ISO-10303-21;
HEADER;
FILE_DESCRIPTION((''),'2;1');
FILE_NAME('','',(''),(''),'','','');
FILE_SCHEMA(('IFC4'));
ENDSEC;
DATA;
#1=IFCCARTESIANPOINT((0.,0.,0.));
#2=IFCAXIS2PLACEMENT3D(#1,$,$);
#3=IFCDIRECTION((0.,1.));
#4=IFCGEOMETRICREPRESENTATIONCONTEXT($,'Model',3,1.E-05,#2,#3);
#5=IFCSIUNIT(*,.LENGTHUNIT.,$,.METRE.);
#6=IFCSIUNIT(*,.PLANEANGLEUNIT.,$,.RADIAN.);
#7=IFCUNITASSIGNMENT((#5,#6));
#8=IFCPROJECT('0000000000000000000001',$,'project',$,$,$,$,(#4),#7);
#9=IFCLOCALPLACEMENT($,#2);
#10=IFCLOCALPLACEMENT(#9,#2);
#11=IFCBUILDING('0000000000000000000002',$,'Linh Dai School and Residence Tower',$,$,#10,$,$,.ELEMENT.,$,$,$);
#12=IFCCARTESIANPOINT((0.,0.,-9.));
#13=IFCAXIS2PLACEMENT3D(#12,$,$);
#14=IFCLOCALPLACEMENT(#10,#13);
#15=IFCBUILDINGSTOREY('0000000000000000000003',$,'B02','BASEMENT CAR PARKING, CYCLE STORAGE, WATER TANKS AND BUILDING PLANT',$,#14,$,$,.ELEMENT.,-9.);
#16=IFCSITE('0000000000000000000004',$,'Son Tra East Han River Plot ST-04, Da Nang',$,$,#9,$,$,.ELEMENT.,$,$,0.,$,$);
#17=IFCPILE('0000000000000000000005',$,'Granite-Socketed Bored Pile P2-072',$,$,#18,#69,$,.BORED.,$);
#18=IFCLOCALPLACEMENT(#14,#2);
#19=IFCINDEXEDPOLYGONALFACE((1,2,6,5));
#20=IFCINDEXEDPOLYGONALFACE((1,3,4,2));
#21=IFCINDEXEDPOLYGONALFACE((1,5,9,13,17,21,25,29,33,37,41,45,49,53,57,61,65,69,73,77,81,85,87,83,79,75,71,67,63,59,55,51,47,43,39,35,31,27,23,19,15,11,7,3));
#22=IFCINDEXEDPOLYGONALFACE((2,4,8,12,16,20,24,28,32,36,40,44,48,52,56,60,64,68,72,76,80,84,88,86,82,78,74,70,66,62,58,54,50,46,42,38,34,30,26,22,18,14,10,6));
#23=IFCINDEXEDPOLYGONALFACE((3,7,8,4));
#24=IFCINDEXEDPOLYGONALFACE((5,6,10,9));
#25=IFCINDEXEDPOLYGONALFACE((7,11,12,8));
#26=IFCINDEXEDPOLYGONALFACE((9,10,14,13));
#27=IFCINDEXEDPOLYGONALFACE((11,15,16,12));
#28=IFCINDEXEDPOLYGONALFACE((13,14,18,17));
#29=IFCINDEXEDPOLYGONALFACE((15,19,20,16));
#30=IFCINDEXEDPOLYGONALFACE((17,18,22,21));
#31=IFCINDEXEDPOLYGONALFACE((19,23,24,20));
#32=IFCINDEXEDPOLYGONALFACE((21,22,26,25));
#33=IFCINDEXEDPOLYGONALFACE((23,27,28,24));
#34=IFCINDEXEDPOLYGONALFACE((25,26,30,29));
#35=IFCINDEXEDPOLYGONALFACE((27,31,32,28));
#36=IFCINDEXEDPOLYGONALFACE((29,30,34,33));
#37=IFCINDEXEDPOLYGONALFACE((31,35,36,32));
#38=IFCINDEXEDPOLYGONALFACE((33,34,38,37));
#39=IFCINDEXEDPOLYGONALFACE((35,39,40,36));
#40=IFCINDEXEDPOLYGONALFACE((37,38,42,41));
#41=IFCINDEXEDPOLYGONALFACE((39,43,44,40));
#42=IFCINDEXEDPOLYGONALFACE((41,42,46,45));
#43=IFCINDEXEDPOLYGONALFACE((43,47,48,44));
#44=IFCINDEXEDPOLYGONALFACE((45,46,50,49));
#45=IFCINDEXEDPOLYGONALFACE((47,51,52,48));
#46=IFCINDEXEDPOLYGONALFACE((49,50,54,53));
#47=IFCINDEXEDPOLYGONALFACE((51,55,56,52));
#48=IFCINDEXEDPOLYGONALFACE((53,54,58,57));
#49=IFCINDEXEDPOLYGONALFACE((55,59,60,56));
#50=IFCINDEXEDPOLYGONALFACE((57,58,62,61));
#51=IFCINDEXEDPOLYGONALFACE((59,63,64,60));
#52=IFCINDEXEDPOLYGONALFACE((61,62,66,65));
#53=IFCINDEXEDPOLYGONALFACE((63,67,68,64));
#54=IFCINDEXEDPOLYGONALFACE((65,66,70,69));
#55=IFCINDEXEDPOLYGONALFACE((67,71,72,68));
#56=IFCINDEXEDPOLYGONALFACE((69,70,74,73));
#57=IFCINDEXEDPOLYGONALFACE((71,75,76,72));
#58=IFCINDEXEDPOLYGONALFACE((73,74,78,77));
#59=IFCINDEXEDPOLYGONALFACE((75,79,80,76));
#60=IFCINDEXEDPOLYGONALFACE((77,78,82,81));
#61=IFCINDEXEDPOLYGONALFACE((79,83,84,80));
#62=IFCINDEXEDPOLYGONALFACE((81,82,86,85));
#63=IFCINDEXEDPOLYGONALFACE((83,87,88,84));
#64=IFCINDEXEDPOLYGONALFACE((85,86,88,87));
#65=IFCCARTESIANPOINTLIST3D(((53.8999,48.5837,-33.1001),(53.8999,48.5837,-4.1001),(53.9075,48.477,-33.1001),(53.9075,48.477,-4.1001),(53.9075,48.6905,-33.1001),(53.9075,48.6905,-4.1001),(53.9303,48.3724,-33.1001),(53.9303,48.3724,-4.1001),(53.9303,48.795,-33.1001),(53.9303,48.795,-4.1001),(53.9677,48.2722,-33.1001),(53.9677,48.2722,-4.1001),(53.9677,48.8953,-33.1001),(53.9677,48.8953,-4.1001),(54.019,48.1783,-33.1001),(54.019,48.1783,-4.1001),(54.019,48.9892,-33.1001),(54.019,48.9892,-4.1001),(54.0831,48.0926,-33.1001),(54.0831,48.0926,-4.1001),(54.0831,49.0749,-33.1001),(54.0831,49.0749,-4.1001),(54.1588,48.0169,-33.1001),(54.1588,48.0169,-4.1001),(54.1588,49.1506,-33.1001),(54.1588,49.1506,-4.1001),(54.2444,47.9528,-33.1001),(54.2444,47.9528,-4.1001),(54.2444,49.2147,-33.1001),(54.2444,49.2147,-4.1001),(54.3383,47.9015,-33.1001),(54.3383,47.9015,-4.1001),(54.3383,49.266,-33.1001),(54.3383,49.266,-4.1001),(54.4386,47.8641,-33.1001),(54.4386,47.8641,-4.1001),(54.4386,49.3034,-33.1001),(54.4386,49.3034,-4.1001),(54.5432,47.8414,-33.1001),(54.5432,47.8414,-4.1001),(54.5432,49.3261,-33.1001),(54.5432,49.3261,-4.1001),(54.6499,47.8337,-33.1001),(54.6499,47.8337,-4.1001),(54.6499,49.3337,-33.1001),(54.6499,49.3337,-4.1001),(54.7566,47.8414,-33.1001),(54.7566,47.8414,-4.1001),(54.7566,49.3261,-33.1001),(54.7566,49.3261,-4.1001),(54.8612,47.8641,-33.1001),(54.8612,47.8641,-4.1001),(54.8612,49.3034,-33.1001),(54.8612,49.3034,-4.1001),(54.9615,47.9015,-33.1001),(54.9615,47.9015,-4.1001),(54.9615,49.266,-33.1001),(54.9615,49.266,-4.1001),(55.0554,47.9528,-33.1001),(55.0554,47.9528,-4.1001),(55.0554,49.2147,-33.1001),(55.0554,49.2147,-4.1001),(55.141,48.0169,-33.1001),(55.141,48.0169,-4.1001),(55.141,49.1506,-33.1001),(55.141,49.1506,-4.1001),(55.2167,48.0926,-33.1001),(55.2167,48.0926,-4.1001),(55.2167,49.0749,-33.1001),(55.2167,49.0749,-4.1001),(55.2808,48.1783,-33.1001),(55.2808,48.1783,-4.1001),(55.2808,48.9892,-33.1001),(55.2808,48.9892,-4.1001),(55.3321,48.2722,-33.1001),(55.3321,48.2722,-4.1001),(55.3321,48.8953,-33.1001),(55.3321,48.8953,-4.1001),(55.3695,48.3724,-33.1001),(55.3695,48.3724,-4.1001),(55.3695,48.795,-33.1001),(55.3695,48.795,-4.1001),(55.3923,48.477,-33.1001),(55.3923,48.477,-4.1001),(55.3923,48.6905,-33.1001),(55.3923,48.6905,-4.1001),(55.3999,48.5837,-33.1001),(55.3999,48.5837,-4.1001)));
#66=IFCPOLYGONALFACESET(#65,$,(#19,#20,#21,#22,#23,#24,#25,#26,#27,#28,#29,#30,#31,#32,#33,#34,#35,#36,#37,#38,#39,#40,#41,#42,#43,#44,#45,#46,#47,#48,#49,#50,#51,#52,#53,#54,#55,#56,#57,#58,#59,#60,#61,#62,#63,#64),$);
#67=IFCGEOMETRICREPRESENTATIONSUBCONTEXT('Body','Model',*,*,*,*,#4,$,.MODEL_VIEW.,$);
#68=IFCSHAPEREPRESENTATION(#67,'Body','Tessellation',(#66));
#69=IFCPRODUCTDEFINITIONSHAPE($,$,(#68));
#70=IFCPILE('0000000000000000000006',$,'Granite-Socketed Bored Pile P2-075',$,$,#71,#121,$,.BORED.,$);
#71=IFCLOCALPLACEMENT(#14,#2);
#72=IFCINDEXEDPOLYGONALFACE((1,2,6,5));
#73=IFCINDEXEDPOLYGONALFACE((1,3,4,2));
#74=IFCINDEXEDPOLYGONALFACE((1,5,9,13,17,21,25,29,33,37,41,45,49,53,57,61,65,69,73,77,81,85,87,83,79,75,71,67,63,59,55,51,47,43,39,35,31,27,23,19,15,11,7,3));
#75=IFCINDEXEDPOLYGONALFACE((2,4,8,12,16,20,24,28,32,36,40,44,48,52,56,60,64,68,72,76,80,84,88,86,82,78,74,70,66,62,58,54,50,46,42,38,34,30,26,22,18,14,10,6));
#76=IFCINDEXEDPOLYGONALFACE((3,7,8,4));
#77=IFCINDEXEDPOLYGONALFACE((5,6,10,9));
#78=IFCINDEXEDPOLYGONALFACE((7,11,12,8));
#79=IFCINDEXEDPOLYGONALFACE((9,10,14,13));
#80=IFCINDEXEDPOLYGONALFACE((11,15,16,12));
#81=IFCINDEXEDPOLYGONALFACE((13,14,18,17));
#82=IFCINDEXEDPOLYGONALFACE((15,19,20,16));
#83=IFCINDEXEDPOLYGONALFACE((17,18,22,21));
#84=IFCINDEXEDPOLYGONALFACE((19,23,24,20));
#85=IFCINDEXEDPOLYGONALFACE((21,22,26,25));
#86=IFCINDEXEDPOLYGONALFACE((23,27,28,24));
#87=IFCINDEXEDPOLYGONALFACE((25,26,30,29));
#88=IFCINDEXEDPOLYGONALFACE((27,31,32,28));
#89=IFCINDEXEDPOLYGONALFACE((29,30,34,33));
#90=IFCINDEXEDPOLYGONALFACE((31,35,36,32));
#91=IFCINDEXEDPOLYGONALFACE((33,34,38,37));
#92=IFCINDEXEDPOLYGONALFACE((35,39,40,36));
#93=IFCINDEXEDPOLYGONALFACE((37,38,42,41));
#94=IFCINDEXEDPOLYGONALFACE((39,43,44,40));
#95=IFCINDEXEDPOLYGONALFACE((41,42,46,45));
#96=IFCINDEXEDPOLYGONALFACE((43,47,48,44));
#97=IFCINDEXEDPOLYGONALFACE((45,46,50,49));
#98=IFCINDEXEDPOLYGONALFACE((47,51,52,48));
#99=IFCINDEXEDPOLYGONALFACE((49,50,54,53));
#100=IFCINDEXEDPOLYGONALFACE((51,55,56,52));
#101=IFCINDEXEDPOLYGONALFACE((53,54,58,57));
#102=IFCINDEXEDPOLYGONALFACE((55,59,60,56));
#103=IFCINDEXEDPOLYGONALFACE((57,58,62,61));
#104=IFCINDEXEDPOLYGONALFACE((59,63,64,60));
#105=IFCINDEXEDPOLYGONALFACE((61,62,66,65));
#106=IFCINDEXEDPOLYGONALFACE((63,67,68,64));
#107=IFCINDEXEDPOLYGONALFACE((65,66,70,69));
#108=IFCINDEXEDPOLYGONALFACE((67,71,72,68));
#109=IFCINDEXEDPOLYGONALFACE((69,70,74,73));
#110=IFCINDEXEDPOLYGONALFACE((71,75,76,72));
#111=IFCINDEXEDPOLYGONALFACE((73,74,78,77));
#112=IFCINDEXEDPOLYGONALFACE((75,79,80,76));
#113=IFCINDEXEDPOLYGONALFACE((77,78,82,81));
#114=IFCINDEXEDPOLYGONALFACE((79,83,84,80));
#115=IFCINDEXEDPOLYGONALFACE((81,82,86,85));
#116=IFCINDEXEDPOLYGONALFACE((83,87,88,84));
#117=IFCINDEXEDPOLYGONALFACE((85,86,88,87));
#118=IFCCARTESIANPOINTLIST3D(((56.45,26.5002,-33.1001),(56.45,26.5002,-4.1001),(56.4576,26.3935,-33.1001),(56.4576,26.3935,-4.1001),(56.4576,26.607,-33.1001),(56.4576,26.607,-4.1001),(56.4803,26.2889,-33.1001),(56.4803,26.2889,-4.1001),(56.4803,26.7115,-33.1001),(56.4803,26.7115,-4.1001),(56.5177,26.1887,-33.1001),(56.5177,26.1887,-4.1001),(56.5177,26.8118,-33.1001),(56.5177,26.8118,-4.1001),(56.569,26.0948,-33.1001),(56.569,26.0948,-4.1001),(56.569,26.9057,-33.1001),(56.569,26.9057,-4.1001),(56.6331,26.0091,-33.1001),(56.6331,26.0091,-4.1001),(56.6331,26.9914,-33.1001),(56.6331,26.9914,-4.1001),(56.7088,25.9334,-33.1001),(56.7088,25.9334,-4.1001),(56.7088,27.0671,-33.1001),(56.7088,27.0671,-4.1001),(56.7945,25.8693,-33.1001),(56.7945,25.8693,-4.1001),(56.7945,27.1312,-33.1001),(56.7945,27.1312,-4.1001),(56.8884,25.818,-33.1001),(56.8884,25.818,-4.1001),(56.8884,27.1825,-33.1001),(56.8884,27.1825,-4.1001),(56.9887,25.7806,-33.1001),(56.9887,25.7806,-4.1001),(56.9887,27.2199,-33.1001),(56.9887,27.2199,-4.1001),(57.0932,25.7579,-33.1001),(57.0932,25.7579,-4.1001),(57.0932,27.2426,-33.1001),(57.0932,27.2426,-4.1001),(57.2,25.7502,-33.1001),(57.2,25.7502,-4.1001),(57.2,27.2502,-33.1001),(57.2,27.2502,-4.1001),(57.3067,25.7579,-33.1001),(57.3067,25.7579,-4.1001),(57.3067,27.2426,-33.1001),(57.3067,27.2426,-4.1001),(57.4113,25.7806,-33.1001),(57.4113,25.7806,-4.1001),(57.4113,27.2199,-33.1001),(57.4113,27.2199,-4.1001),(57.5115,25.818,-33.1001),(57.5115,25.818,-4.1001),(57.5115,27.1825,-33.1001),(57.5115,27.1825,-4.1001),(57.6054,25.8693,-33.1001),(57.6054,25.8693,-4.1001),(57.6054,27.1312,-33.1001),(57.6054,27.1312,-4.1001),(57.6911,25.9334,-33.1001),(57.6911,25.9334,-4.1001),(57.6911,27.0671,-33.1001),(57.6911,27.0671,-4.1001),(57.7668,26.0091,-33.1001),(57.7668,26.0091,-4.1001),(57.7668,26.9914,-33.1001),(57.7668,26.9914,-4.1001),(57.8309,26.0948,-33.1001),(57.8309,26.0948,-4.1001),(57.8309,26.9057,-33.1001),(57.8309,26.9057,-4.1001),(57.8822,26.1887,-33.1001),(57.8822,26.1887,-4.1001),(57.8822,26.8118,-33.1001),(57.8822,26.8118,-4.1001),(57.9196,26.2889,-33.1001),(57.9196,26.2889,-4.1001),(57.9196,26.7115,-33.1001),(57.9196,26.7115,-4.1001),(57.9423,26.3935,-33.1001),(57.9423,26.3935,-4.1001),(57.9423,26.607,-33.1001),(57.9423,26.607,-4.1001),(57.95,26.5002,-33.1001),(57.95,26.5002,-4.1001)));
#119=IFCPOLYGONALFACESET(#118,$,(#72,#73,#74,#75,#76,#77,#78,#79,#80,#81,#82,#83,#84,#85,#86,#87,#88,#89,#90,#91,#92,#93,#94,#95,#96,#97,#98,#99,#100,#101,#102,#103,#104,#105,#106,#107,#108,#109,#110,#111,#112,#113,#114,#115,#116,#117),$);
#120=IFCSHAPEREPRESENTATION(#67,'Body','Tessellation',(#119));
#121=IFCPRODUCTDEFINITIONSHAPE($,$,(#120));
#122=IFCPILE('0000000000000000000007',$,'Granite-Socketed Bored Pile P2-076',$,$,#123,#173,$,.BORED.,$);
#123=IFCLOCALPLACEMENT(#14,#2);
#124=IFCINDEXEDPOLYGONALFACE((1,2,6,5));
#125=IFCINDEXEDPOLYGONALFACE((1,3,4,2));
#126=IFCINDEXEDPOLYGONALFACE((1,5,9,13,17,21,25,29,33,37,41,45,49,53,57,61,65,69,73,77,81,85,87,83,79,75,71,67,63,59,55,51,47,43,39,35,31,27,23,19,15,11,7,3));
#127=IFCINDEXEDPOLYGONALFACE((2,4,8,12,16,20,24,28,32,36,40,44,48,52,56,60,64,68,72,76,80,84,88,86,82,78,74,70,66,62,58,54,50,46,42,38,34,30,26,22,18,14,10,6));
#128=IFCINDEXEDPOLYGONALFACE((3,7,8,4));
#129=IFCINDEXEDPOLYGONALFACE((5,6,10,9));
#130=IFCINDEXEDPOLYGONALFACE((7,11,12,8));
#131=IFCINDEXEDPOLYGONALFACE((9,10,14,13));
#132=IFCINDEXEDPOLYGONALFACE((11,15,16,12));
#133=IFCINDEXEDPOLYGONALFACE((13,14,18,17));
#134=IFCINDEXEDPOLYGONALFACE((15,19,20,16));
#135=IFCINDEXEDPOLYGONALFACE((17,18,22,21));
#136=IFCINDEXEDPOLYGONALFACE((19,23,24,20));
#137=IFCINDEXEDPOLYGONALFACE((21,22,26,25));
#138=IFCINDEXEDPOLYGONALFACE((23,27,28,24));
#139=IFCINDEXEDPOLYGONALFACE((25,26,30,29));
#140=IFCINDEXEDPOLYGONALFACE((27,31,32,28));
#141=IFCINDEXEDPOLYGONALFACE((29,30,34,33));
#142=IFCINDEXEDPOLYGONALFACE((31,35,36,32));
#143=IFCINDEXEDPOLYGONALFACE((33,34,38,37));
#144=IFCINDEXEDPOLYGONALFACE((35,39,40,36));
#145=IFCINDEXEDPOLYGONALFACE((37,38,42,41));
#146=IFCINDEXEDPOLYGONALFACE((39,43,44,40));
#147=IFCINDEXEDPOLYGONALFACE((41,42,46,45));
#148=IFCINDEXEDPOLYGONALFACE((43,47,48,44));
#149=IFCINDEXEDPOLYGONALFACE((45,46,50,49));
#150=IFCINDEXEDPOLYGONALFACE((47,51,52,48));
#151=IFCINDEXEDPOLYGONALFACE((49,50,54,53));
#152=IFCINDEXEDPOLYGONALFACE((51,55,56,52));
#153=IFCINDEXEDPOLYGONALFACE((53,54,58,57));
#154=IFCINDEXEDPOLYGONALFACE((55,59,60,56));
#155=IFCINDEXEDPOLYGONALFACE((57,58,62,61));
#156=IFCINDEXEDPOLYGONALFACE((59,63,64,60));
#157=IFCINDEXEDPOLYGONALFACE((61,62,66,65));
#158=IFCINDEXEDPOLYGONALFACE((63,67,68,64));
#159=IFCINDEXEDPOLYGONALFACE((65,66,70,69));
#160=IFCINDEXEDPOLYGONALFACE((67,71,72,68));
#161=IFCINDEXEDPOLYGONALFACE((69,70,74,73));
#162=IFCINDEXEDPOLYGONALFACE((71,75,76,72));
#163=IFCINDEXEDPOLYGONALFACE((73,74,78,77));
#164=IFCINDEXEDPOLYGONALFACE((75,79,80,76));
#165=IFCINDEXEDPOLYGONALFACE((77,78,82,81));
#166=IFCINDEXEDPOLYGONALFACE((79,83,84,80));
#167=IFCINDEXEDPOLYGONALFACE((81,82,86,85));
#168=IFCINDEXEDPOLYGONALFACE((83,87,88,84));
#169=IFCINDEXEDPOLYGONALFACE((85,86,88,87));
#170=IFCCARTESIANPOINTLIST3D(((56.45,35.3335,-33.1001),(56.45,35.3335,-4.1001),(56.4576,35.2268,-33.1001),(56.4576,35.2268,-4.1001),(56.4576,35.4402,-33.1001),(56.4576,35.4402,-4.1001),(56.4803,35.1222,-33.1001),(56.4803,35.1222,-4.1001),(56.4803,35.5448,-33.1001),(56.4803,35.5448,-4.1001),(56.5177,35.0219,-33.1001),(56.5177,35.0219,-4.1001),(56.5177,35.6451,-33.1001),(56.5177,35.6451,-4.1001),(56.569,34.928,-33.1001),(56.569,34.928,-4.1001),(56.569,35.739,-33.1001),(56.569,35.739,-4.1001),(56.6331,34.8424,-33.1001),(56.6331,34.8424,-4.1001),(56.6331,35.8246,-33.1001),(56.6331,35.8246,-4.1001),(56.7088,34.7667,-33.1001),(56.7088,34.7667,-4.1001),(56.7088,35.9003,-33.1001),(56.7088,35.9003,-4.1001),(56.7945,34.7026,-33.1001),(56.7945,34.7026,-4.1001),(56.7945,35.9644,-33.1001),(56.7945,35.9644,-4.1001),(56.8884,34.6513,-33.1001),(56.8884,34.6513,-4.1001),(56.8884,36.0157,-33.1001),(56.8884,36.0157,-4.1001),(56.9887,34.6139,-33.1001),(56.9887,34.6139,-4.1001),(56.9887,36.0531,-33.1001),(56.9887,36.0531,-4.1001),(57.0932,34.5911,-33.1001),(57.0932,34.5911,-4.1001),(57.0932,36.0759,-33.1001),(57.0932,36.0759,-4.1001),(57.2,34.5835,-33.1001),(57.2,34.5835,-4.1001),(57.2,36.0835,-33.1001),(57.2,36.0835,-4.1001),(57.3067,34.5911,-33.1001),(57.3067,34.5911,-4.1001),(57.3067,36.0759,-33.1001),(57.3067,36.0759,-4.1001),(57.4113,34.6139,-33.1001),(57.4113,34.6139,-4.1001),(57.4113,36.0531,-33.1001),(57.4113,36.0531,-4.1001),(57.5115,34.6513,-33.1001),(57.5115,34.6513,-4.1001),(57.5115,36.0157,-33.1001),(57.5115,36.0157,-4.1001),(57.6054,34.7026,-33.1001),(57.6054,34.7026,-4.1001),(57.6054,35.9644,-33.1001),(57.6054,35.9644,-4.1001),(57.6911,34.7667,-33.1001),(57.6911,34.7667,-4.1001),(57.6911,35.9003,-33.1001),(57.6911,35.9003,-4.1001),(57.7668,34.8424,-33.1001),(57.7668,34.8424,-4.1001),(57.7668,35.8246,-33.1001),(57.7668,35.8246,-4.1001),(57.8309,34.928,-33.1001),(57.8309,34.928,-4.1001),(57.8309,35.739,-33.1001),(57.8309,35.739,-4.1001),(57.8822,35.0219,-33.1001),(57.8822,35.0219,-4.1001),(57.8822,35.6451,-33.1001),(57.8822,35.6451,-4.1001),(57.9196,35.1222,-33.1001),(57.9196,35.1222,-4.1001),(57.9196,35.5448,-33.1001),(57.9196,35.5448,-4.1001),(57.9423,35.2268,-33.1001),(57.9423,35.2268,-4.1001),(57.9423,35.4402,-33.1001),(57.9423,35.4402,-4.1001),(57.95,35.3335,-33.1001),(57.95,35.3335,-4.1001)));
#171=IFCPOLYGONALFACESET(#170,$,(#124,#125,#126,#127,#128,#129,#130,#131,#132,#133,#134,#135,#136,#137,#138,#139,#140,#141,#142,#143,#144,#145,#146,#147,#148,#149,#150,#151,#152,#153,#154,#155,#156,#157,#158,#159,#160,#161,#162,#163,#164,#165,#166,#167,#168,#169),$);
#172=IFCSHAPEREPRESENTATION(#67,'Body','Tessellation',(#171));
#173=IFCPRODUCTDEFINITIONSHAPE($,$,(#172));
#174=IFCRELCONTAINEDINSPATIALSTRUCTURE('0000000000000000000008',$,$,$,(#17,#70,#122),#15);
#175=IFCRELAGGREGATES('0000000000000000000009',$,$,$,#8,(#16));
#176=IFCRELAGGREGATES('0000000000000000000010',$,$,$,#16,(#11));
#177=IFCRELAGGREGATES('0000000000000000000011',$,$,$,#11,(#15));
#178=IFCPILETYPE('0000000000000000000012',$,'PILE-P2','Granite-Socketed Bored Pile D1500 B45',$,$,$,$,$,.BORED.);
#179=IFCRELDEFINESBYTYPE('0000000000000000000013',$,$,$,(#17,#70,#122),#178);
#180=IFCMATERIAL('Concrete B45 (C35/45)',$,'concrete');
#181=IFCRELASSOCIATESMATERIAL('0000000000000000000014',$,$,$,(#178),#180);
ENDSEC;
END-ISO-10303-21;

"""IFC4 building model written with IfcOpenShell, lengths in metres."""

from ifc_helpers import new_model, si_unit, direction, frame, origin, origin_2d, place, context, subcontext, project, spatial, circle, extrude, material, material_profile, profile_set, type_object, element, save


model = new_model("IFC4")

# Units and contexts
model_context = context("Model", 3, precision=1e-05, world=origin(), true_north=direction((0.0, 1.0)))
body_context = subcontext(model_context, "Body", "Model", "MODEL_VIEW")
ifc_project = project(units=[si_unit("LENGTHUNIT", "METRE"), si_unit("PLANEANGLEUNIT", "RADIAN")], contexts=[model_context])

# Site, building, storey
site_placement = place(None, origin())
site = spatial("IfcSite", under=ifc_project, at=site_placement, Name="Son Tra East Han River Plot ST-04, Da Nang", CompositionType="ELEMENT", RefElevation=0.0)
building_placement = place(site_placement, origin())
building = spatial("IfcBuilding", under=site, at=building_placement, Name="Linh Dai School and Residence Tower", CompositionType="ELEMENT")
storey_placement = place(building_placement, frame((0.0, 0.0, -9.0)))
storey = spatial("IfcBuildingStorey", under=building, at=storey_placement, Name="B02", Description="BASEMENT CAR PARKING, CYCLE STORAGE, WATER TANKS AND BUILDING PLANT", CompositionType="ELEMENT", Elevation=-9.0)

# Piles
ifc_material_1 = material(Name="Concrete B45 (C35/45)", Category="concrete")
ifc_material_profile_1 = material_profile(ifc_material_1, circle(Radius=0.75, at=origin_2d()), Name="PILE D1500")
ifc_profile_set_1 = profile_set([ifc_material_profile_1], Name="Concrete B45 (C35/45)")
pile_type = type_object("IfcPileType", Name="PILE-P2", Description="Granite-Socketed Bored Pile D1500 B45", PredefinedType="BORED", material=ifc_profile_set_1)
for number, where, z_axis, x_axis, name in (
    (1, (54.6499, 48.5837, -4.1001), (0.0, 0.0, -1.0), (1.0, 0.0, 0.0), "Granite-Socketed Bored Pile P2-072"),
    (2, (57.2, 26.5002, -4.1001), (0.0, 0.0, -1.0), (1.0, 0.0, 0.0), "Granite-Socketed Bored Pile P2-075"),
    (3, (57.2, 35.3335, -4.1001), (0.0, 0.0, -1.0), (1.0, 0.0, 0.0), "Granite-Socketed Bored Pile P2-076"),
):
    element("IfcPile", number, at=place(storey_placement, frame(where, z_axis=z_axis, x_axis=x_axis)), inside=storey, type_object=pile_type, Name=name, PredefinedType="BORED", context=body_context, shape_type="SweptSolid", body=[
        extrude(circle(Radius=0.75, at=origin_2d()), origin(), (0.0, 0.0, 1.0), 29.0),
    ])

save(model, "model.ifc")
